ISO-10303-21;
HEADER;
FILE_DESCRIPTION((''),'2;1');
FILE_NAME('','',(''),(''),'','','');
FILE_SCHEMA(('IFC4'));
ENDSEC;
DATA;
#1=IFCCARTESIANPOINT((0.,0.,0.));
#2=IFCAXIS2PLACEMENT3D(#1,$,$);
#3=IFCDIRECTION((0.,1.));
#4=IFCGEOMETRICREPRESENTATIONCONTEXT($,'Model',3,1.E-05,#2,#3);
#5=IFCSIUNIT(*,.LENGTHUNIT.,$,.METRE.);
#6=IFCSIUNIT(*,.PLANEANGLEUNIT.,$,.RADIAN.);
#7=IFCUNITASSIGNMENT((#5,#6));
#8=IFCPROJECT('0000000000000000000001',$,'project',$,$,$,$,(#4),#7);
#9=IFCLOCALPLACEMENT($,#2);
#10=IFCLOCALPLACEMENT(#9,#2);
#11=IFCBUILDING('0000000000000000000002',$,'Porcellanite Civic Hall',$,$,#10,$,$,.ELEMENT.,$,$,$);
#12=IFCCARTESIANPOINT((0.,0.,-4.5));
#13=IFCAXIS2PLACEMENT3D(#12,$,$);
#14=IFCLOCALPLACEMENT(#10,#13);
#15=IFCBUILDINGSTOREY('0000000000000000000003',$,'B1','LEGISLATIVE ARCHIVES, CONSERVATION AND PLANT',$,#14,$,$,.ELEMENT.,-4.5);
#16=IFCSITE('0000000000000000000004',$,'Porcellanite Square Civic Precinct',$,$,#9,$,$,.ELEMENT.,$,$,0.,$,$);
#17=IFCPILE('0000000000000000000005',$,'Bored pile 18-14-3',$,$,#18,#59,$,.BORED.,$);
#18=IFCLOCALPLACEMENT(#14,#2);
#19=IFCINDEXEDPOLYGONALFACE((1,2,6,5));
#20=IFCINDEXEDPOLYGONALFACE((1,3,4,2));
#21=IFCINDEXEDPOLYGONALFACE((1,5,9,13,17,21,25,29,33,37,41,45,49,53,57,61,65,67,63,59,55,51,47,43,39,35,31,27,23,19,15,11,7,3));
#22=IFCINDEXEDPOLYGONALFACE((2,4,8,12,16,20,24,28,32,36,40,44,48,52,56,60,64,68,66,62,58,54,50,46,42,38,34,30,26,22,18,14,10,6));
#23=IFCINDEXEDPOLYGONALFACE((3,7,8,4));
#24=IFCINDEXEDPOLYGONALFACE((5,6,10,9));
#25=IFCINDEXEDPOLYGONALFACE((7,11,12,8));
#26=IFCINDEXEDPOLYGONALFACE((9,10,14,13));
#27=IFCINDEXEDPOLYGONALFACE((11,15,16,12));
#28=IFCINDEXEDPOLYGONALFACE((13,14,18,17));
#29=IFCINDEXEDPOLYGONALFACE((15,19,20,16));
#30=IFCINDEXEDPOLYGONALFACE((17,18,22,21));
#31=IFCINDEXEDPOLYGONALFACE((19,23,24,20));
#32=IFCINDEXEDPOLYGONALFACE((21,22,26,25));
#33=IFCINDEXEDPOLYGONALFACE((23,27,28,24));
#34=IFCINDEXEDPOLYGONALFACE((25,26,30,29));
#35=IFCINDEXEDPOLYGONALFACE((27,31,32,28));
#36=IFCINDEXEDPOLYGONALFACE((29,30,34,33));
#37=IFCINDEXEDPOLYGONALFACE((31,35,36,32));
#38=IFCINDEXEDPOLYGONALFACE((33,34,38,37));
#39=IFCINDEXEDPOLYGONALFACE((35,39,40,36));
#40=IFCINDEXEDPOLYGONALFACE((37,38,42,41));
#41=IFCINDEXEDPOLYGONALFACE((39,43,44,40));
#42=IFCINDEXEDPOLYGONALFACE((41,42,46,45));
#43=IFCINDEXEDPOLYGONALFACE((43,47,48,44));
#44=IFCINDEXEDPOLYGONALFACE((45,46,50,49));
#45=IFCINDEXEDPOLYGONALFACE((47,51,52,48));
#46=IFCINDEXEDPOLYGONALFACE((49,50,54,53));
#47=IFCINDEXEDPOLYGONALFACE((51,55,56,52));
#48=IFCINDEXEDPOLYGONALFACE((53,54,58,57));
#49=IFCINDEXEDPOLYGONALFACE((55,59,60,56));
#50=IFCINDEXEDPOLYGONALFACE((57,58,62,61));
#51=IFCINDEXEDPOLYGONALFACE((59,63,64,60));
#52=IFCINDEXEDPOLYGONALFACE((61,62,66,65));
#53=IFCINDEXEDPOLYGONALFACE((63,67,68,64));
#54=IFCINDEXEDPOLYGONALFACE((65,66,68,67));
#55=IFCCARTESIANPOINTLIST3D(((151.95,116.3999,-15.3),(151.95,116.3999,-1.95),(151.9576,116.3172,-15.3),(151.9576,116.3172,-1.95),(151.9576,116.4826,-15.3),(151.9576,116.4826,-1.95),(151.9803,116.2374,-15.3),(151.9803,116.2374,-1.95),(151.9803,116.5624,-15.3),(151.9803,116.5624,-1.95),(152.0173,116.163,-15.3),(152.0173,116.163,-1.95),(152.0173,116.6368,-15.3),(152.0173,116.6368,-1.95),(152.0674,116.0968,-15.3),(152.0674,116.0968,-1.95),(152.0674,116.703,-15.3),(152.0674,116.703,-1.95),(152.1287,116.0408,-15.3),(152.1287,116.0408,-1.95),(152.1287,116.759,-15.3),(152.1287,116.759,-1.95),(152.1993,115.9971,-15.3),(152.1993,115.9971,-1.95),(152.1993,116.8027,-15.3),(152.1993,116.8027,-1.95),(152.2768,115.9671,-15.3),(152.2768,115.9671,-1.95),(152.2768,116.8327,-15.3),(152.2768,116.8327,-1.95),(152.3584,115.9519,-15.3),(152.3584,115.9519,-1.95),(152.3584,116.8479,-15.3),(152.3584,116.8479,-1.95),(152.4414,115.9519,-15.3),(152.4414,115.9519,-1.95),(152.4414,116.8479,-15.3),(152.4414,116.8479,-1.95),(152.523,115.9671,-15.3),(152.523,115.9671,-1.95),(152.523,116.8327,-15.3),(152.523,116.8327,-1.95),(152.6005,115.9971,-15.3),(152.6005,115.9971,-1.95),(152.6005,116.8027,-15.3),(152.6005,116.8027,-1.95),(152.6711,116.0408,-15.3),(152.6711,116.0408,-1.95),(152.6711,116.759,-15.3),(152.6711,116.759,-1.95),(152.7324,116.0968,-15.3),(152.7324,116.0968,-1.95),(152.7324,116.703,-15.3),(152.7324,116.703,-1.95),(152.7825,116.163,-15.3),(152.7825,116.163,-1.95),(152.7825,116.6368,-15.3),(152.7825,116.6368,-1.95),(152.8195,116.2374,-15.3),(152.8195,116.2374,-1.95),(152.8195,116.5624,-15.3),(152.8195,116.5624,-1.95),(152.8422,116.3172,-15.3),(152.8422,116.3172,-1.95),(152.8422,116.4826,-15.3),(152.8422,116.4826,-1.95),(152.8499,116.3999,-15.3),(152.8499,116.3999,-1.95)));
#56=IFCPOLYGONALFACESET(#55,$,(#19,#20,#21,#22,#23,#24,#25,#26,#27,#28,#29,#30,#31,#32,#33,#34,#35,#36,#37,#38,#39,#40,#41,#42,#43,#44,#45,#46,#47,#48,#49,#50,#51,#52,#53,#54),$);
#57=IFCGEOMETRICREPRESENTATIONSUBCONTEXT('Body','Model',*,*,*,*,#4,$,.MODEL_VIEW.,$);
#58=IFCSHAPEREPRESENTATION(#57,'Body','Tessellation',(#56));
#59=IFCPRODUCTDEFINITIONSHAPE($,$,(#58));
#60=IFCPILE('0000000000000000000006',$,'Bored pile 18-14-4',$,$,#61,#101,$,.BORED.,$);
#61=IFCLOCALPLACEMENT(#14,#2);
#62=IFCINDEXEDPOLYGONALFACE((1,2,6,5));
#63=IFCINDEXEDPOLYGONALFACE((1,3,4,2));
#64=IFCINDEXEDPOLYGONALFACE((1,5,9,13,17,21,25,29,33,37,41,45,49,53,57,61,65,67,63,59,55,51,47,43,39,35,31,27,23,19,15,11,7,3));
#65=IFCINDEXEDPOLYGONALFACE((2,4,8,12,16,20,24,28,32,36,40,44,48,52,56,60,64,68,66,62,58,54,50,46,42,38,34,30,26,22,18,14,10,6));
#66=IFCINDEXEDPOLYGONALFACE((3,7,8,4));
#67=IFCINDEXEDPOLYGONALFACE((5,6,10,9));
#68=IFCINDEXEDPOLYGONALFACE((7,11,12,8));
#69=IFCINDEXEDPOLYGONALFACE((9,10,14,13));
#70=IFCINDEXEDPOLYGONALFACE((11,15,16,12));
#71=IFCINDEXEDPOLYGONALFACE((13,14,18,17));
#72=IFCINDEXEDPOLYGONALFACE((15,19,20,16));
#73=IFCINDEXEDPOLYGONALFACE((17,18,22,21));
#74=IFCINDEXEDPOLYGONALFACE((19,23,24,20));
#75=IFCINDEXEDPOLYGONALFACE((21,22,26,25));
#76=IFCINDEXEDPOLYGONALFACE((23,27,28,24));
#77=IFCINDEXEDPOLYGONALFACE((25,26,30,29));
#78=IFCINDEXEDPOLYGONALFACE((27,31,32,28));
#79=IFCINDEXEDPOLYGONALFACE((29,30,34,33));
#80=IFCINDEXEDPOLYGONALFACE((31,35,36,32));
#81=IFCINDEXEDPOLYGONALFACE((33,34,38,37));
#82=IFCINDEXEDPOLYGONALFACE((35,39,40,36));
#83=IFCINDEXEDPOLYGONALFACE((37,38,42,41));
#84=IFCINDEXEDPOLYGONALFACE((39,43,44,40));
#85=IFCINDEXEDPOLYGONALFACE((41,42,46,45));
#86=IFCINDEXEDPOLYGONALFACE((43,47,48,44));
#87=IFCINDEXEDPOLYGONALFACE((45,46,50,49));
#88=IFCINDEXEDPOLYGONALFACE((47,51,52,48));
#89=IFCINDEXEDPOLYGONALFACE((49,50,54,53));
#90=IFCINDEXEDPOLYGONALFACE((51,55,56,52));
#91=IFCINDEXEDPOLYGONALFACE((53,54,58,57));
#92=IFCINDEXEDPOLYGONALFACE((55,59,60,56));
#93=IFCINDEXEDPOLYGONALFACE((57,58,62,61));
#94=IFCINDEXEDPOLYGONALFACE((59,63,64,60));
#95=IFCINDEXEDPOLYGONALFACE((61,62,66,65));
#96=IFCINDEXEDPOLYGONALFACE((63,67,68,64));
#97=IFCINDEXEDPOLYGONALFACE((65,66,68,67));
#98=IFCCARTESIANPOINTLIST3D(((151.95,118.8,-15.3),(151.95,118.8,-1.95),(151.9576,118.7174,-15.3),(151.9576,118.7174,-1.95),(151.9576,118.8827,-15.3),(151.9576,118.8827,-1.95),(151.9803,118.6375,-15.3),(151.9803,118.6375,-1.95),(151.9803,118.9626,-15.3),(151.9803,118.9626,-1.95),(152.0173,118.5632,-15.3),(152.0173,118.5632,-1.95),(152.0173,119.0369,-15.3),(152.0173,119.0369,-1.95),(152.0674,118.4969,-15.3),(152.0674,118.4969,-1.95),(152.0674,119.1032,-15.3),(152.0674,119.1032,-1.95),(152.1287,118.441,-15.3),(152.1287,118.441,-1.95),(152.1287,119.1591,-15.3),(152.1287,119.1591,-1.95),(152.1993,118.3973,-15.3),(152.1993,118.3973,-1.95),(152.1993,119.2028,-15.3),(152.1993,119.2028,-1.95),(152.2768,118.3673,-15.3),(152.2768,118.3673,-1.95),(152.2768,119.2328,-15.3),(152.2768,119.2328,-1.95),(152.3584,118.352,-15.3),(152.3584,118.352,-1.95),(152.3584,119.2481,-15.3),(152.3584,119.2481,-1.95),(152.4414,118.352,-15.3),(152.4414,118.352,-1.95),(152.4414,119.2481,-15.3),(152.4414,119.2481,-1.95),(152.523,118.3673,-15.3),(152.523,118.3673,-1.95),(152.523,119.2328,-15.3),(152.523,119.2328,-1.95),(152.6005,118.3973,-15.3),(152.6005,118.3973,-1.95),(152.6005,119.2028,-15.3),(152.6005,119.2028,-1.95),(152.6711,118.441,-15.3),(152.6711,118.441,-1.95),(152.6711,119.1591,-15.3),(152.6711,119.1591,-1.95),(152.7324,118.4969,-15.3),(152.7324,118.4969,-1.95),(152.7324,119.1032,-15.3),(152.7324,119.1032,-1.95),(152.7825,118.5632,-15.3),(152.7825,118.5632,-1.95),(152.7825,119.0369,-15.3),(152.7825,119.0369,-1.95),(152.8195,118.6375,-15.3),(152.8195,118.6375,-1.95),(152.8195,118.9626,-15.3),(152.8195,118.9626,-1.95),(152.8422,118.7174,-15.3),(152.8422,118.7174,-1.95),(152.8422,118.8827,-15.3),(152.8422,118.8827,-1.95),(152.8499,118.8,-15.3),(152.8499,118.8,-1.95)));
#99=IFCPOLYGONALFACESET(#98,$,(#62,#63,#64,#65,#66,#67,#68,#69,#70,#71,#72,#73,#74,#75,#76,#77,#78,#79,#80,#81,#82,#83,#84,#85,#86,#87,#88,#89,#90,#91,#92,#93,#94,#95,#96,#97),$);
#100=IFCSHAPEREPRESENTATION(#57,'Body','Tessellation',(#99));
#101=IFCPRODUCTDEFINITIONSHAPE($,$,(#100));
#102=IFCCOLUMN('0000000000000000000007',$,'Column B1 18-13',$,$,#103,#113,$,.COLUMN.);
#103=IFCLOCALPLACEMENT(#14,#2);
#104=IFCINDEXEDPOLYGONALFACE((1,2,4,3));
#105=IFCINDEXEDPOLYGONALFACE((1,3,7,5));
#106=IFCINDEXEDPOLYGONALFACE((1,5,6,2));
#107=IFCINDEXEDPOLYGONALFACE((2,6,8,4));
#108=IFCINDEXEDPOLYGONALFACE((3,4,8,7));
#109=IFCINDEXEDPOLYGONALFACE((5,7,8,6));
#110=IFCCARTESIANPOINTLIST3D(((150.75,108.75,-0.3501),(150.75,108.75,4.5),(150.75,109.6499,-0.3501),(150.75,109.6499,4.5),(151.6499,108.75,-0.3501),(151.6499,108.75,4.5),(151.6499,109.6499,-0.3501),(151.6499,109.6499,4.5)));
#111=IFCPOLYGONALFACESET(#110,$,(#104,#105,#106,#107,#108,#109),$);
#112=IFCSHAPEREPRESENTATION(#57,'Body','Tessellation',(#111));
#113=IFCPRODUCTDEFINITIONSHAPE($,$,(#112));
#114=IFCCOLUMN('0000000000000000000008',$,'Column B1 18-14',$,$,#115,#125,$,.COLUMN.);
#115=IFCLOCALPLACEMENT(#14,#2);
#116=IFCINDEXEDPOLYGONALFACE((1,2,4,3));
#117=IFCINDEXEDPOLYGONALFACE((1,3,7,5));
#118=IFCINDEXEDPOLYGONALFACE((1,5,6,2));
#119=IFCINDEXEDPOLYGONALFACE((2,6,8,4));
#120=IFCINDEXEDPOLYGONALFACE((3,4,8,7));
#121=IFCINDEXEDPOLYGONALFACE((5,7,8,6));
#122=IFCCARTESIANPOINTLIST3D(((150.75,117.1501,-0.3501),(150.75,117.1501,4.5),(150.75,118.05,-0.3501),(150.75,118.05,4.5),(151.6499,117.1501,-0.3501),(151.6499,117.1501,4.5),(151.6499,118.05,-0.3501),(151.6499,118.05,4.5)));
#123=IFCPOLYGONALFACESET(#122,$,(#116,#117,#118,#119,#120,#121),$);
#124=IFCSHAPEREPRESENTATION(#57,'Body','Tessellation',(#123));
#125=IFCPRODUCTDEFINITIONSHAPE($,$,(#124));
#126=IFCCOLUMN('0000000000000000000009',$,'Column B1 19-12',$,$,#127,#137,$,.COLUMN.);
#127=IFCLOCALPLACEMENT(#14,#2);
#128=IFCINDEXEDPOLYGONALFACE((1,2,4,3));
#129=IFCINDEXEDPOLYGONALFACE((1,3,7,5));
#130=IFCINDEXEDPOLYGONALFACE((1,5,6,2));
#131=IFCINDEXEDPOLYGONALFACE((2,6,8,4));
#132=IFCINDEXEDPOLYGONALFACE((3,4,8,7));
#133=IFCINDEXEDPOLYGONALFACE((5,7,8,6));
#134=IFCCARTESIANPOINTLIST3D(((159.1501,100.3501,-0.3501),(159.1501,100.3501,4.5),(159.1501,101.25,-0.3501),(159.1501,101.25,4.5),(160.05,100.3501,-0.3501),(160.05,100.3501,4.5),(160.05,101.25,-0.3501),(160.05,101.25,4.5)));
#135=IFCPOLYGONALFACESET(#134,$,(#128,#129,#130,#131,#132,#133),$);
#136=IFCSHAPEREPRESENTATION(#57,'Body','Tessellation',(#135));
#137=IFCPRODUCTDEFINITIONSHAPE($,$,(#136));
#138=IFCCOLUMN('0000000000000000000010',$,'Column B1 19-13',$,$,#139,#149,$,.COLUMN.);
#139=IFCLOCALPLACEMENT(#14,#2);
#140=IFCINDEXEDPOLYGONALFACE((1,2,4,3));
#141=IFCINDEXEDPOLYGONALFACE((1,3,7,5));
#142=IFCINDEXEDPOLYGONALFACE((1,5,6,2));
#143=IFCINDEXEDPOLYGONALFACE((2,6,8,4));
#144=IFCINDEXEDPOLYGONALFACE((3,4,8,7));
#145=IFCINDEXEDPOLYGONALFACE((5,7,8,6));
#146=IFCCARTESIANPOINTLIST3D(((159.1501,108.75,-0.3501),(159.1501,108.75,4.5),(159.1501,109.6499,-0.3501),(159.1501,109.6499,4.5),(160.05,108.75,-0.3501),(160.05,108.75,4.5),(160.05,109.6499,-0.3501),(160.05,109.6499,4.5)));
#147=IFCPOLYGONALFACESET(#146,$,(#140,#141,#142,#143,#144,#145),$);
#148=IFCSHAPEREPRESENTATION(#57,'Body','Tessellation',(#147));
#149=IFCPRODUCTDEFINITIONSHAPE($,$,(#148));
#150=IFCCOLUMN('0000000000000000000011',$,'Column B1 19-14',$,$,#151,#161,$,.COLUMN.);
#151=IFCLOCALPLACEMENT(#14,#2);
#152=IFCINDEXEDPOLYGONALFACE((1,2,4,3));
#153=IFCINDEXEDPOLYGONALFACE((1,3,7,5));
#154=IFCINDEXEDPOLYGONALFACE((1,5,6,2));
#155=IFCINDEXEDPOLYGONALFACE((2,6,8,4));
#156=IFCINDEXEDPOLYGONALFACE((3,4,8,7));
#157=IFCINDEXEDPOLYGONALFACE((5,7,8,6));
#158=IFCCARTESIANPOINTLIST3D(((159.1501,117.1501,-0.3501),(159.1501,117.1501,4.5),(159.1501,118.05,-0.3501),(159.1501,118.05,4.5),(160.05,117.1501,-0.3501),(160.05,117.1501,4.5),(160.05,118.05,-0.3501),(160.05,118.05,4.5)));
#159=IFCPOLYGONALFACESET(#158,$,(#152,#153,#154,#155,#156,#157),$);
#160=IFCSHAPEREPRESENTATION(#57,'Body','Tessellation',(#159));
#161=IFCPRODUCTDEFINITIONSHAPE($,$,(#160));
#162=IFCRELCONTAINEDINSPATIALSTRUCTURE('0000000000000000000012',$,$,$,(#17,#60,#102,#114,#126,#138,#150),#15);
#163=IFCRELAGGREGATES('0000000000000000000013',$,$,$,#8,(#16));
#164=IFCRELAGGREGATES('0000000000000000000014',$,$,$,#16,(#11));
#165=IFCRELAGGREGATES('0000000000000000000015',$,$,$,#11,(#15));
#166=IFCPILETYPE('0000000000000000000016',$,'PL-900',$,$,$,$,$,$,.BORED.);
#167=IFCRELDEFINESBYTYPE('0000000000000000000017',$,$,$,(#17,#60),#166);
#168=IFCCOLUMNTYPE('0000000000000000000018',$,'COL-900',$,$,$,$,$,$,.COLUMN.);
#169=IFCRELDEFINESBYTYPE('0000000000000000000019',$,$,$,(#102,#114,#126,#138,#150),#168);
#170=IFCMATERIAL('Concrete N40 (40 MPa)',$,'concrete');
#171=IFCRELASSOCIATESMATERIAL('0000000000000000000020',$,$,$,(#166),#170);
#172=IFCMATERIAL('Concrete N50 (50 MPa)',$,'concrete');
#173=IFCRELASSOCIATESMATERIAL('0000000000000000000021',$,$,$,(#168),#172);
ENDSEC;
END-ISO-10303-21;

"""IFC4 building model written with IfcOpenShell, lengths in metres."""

from ifc_helpers import new_model, si_unit, direction, frame, origin, origin_2d, place, context, subcontext, project, spatial, rectangle, circle, extrude, material, material_profile, profile_set, type_object, element, save


model = new_model("IFC4")

# Units and contexts
model_context = context("Model", 3, precision=1e-05, world=origin(), true_north=direction((0.0, 1.0)))
body_context = subcontext(model_context, "Body", "Model", "MODEL_VIEW")
ifc_project = project(units=[si_unit("LENGTHUNIT", "METRE"), si_unit("PLANEANGLEUNIT", "RADIAN")], contexts=[model_context])

# Site, building, storey
site_placement = place(None, origin())
site = spatial("IfcSite", under=ifc_project, at=site_placement, Name="Porcellanite Square Civic Precinct", CompositionType="ELEMENT", RefElevation=0.0)
building_placement = place(site_placement, origin())
building = spatial("IfcBuilding", under=site, at=building_placement, Name="Porcellanite Civic Hall", CompositionType="ELEMENT")
storey_placement = place(building_placement, frame((0.0, 0.0, -4.5)))
storey = spatial("IfcBuildingStorey", under=building, at=storey_placement, Name="B1", Description="LEGISLATIVE ARCHIVES, CONSERVATION AND PLANT", CompositionType="ELEMENT", Elevation=-4.5)

# Piles
ifc_material_1 = material(Name="Concrete N40 (40 MPa)", Category="concrete")
ifc_material_profile_1 = material_profile(ifc_material_1, circle(Radius=0.45, at=origin_2d()), Name="PILE-D900")
ifc_profile_set_1 = profile_set([ifc_material_profile_1], Name="Concrete N40 (40 MPa)")
pile_type_1 = type_object("IfcPileType", Name="PL-900", PredefinedType="BORED", material=ifc_profile_set_1)
for number, where, z_axis, x_axis, name in (
    (1, (152.3999, 116.3999, -1.95), (0.0, 0.0, -1.0), (1.0, 0.0, 0.0), "Bored pile 18-14-3"),
    (2, (152.3999, 118.8, -1.95), (0.0, 0.0, -1.0), (1.0, 0.0, 0.0), "Bored pile 18-14-4"),
):
    element("IfcPile", number, at=place(storey_placement, frame(where, z_axis=z_axis, x_axis=x_axis)), inside=storey, type_object=pile_type_1, Name=name, PredefinedType="BORED", context=body_context, shape_type="SweptSolid", body=[
        extrude(circle(Radius=0.45, at=origin_2d()), origin(), (0.0, 0.0, 1.0), 13.3501),
    ])

# Columns
ifc_material_2 = material(Name="Concrete N50 (50 MPa)", Category="concrete")
ifc_material_profile_2 = material_profile(ifc_material_2, rectangle(XDim=0.8999, YDim=0.8999, at=origin_2d()), Name="RC-900x900")
ifc_profile_set_2 = profile_set([ifc_material_profile_2], Name="Concrete N50 (50 MPa)")
column_type = type_object("IfcColumnType", Name="COL-900", PredefinedType="COLUMN", material=ifc_profile_set_2)
for number, where, z_axis, x_axis, name in (
    (3, (151.2, 109.2, -0.3501), (0.0, 0.0, 1.0), (1.0, 0.0, 0.0), "Column B1 18-13"),
    (4, (151.2, 117.6001, -0.3501), (0.0, 0.0, 1.0), (1.0, 0.0, 0.0), "Column B1 18-14"),
    (5, (159.6001, 100.8, -0.3501), (0.0, 0.0, 1.0), (1.0, 0.0, 0.0), "Column B1 19-12"),
    (6, (159.6001, 109.2, -0.3501), (0.0, 0.0, 1.0), (1.0, 0.0, 0.0), "Column B1 19-13"),
    (7, (159.6001, 117.6001, -0.3501), (0.0, 0.0, 1.0), (1.0, 0.0, 0.0), "Column B1 19-14"),
):
    element("IfcColumn", number, at=place(storey_placement, frame(where, z_axis=z_axis, x_axis=x_axis)), inside=storey, type_object=column_type, Name=name, PredefinedType="COLUMN", context=body_context, shape_type="SweptSolid", body=[
        extrude(rectangle(XDim=0.8999, YDim=0.8999, at=origin_2d()), origin(), (0.0, 0.0, 1.0), 4.8501),
    ])

save(model, "model.ifc")
